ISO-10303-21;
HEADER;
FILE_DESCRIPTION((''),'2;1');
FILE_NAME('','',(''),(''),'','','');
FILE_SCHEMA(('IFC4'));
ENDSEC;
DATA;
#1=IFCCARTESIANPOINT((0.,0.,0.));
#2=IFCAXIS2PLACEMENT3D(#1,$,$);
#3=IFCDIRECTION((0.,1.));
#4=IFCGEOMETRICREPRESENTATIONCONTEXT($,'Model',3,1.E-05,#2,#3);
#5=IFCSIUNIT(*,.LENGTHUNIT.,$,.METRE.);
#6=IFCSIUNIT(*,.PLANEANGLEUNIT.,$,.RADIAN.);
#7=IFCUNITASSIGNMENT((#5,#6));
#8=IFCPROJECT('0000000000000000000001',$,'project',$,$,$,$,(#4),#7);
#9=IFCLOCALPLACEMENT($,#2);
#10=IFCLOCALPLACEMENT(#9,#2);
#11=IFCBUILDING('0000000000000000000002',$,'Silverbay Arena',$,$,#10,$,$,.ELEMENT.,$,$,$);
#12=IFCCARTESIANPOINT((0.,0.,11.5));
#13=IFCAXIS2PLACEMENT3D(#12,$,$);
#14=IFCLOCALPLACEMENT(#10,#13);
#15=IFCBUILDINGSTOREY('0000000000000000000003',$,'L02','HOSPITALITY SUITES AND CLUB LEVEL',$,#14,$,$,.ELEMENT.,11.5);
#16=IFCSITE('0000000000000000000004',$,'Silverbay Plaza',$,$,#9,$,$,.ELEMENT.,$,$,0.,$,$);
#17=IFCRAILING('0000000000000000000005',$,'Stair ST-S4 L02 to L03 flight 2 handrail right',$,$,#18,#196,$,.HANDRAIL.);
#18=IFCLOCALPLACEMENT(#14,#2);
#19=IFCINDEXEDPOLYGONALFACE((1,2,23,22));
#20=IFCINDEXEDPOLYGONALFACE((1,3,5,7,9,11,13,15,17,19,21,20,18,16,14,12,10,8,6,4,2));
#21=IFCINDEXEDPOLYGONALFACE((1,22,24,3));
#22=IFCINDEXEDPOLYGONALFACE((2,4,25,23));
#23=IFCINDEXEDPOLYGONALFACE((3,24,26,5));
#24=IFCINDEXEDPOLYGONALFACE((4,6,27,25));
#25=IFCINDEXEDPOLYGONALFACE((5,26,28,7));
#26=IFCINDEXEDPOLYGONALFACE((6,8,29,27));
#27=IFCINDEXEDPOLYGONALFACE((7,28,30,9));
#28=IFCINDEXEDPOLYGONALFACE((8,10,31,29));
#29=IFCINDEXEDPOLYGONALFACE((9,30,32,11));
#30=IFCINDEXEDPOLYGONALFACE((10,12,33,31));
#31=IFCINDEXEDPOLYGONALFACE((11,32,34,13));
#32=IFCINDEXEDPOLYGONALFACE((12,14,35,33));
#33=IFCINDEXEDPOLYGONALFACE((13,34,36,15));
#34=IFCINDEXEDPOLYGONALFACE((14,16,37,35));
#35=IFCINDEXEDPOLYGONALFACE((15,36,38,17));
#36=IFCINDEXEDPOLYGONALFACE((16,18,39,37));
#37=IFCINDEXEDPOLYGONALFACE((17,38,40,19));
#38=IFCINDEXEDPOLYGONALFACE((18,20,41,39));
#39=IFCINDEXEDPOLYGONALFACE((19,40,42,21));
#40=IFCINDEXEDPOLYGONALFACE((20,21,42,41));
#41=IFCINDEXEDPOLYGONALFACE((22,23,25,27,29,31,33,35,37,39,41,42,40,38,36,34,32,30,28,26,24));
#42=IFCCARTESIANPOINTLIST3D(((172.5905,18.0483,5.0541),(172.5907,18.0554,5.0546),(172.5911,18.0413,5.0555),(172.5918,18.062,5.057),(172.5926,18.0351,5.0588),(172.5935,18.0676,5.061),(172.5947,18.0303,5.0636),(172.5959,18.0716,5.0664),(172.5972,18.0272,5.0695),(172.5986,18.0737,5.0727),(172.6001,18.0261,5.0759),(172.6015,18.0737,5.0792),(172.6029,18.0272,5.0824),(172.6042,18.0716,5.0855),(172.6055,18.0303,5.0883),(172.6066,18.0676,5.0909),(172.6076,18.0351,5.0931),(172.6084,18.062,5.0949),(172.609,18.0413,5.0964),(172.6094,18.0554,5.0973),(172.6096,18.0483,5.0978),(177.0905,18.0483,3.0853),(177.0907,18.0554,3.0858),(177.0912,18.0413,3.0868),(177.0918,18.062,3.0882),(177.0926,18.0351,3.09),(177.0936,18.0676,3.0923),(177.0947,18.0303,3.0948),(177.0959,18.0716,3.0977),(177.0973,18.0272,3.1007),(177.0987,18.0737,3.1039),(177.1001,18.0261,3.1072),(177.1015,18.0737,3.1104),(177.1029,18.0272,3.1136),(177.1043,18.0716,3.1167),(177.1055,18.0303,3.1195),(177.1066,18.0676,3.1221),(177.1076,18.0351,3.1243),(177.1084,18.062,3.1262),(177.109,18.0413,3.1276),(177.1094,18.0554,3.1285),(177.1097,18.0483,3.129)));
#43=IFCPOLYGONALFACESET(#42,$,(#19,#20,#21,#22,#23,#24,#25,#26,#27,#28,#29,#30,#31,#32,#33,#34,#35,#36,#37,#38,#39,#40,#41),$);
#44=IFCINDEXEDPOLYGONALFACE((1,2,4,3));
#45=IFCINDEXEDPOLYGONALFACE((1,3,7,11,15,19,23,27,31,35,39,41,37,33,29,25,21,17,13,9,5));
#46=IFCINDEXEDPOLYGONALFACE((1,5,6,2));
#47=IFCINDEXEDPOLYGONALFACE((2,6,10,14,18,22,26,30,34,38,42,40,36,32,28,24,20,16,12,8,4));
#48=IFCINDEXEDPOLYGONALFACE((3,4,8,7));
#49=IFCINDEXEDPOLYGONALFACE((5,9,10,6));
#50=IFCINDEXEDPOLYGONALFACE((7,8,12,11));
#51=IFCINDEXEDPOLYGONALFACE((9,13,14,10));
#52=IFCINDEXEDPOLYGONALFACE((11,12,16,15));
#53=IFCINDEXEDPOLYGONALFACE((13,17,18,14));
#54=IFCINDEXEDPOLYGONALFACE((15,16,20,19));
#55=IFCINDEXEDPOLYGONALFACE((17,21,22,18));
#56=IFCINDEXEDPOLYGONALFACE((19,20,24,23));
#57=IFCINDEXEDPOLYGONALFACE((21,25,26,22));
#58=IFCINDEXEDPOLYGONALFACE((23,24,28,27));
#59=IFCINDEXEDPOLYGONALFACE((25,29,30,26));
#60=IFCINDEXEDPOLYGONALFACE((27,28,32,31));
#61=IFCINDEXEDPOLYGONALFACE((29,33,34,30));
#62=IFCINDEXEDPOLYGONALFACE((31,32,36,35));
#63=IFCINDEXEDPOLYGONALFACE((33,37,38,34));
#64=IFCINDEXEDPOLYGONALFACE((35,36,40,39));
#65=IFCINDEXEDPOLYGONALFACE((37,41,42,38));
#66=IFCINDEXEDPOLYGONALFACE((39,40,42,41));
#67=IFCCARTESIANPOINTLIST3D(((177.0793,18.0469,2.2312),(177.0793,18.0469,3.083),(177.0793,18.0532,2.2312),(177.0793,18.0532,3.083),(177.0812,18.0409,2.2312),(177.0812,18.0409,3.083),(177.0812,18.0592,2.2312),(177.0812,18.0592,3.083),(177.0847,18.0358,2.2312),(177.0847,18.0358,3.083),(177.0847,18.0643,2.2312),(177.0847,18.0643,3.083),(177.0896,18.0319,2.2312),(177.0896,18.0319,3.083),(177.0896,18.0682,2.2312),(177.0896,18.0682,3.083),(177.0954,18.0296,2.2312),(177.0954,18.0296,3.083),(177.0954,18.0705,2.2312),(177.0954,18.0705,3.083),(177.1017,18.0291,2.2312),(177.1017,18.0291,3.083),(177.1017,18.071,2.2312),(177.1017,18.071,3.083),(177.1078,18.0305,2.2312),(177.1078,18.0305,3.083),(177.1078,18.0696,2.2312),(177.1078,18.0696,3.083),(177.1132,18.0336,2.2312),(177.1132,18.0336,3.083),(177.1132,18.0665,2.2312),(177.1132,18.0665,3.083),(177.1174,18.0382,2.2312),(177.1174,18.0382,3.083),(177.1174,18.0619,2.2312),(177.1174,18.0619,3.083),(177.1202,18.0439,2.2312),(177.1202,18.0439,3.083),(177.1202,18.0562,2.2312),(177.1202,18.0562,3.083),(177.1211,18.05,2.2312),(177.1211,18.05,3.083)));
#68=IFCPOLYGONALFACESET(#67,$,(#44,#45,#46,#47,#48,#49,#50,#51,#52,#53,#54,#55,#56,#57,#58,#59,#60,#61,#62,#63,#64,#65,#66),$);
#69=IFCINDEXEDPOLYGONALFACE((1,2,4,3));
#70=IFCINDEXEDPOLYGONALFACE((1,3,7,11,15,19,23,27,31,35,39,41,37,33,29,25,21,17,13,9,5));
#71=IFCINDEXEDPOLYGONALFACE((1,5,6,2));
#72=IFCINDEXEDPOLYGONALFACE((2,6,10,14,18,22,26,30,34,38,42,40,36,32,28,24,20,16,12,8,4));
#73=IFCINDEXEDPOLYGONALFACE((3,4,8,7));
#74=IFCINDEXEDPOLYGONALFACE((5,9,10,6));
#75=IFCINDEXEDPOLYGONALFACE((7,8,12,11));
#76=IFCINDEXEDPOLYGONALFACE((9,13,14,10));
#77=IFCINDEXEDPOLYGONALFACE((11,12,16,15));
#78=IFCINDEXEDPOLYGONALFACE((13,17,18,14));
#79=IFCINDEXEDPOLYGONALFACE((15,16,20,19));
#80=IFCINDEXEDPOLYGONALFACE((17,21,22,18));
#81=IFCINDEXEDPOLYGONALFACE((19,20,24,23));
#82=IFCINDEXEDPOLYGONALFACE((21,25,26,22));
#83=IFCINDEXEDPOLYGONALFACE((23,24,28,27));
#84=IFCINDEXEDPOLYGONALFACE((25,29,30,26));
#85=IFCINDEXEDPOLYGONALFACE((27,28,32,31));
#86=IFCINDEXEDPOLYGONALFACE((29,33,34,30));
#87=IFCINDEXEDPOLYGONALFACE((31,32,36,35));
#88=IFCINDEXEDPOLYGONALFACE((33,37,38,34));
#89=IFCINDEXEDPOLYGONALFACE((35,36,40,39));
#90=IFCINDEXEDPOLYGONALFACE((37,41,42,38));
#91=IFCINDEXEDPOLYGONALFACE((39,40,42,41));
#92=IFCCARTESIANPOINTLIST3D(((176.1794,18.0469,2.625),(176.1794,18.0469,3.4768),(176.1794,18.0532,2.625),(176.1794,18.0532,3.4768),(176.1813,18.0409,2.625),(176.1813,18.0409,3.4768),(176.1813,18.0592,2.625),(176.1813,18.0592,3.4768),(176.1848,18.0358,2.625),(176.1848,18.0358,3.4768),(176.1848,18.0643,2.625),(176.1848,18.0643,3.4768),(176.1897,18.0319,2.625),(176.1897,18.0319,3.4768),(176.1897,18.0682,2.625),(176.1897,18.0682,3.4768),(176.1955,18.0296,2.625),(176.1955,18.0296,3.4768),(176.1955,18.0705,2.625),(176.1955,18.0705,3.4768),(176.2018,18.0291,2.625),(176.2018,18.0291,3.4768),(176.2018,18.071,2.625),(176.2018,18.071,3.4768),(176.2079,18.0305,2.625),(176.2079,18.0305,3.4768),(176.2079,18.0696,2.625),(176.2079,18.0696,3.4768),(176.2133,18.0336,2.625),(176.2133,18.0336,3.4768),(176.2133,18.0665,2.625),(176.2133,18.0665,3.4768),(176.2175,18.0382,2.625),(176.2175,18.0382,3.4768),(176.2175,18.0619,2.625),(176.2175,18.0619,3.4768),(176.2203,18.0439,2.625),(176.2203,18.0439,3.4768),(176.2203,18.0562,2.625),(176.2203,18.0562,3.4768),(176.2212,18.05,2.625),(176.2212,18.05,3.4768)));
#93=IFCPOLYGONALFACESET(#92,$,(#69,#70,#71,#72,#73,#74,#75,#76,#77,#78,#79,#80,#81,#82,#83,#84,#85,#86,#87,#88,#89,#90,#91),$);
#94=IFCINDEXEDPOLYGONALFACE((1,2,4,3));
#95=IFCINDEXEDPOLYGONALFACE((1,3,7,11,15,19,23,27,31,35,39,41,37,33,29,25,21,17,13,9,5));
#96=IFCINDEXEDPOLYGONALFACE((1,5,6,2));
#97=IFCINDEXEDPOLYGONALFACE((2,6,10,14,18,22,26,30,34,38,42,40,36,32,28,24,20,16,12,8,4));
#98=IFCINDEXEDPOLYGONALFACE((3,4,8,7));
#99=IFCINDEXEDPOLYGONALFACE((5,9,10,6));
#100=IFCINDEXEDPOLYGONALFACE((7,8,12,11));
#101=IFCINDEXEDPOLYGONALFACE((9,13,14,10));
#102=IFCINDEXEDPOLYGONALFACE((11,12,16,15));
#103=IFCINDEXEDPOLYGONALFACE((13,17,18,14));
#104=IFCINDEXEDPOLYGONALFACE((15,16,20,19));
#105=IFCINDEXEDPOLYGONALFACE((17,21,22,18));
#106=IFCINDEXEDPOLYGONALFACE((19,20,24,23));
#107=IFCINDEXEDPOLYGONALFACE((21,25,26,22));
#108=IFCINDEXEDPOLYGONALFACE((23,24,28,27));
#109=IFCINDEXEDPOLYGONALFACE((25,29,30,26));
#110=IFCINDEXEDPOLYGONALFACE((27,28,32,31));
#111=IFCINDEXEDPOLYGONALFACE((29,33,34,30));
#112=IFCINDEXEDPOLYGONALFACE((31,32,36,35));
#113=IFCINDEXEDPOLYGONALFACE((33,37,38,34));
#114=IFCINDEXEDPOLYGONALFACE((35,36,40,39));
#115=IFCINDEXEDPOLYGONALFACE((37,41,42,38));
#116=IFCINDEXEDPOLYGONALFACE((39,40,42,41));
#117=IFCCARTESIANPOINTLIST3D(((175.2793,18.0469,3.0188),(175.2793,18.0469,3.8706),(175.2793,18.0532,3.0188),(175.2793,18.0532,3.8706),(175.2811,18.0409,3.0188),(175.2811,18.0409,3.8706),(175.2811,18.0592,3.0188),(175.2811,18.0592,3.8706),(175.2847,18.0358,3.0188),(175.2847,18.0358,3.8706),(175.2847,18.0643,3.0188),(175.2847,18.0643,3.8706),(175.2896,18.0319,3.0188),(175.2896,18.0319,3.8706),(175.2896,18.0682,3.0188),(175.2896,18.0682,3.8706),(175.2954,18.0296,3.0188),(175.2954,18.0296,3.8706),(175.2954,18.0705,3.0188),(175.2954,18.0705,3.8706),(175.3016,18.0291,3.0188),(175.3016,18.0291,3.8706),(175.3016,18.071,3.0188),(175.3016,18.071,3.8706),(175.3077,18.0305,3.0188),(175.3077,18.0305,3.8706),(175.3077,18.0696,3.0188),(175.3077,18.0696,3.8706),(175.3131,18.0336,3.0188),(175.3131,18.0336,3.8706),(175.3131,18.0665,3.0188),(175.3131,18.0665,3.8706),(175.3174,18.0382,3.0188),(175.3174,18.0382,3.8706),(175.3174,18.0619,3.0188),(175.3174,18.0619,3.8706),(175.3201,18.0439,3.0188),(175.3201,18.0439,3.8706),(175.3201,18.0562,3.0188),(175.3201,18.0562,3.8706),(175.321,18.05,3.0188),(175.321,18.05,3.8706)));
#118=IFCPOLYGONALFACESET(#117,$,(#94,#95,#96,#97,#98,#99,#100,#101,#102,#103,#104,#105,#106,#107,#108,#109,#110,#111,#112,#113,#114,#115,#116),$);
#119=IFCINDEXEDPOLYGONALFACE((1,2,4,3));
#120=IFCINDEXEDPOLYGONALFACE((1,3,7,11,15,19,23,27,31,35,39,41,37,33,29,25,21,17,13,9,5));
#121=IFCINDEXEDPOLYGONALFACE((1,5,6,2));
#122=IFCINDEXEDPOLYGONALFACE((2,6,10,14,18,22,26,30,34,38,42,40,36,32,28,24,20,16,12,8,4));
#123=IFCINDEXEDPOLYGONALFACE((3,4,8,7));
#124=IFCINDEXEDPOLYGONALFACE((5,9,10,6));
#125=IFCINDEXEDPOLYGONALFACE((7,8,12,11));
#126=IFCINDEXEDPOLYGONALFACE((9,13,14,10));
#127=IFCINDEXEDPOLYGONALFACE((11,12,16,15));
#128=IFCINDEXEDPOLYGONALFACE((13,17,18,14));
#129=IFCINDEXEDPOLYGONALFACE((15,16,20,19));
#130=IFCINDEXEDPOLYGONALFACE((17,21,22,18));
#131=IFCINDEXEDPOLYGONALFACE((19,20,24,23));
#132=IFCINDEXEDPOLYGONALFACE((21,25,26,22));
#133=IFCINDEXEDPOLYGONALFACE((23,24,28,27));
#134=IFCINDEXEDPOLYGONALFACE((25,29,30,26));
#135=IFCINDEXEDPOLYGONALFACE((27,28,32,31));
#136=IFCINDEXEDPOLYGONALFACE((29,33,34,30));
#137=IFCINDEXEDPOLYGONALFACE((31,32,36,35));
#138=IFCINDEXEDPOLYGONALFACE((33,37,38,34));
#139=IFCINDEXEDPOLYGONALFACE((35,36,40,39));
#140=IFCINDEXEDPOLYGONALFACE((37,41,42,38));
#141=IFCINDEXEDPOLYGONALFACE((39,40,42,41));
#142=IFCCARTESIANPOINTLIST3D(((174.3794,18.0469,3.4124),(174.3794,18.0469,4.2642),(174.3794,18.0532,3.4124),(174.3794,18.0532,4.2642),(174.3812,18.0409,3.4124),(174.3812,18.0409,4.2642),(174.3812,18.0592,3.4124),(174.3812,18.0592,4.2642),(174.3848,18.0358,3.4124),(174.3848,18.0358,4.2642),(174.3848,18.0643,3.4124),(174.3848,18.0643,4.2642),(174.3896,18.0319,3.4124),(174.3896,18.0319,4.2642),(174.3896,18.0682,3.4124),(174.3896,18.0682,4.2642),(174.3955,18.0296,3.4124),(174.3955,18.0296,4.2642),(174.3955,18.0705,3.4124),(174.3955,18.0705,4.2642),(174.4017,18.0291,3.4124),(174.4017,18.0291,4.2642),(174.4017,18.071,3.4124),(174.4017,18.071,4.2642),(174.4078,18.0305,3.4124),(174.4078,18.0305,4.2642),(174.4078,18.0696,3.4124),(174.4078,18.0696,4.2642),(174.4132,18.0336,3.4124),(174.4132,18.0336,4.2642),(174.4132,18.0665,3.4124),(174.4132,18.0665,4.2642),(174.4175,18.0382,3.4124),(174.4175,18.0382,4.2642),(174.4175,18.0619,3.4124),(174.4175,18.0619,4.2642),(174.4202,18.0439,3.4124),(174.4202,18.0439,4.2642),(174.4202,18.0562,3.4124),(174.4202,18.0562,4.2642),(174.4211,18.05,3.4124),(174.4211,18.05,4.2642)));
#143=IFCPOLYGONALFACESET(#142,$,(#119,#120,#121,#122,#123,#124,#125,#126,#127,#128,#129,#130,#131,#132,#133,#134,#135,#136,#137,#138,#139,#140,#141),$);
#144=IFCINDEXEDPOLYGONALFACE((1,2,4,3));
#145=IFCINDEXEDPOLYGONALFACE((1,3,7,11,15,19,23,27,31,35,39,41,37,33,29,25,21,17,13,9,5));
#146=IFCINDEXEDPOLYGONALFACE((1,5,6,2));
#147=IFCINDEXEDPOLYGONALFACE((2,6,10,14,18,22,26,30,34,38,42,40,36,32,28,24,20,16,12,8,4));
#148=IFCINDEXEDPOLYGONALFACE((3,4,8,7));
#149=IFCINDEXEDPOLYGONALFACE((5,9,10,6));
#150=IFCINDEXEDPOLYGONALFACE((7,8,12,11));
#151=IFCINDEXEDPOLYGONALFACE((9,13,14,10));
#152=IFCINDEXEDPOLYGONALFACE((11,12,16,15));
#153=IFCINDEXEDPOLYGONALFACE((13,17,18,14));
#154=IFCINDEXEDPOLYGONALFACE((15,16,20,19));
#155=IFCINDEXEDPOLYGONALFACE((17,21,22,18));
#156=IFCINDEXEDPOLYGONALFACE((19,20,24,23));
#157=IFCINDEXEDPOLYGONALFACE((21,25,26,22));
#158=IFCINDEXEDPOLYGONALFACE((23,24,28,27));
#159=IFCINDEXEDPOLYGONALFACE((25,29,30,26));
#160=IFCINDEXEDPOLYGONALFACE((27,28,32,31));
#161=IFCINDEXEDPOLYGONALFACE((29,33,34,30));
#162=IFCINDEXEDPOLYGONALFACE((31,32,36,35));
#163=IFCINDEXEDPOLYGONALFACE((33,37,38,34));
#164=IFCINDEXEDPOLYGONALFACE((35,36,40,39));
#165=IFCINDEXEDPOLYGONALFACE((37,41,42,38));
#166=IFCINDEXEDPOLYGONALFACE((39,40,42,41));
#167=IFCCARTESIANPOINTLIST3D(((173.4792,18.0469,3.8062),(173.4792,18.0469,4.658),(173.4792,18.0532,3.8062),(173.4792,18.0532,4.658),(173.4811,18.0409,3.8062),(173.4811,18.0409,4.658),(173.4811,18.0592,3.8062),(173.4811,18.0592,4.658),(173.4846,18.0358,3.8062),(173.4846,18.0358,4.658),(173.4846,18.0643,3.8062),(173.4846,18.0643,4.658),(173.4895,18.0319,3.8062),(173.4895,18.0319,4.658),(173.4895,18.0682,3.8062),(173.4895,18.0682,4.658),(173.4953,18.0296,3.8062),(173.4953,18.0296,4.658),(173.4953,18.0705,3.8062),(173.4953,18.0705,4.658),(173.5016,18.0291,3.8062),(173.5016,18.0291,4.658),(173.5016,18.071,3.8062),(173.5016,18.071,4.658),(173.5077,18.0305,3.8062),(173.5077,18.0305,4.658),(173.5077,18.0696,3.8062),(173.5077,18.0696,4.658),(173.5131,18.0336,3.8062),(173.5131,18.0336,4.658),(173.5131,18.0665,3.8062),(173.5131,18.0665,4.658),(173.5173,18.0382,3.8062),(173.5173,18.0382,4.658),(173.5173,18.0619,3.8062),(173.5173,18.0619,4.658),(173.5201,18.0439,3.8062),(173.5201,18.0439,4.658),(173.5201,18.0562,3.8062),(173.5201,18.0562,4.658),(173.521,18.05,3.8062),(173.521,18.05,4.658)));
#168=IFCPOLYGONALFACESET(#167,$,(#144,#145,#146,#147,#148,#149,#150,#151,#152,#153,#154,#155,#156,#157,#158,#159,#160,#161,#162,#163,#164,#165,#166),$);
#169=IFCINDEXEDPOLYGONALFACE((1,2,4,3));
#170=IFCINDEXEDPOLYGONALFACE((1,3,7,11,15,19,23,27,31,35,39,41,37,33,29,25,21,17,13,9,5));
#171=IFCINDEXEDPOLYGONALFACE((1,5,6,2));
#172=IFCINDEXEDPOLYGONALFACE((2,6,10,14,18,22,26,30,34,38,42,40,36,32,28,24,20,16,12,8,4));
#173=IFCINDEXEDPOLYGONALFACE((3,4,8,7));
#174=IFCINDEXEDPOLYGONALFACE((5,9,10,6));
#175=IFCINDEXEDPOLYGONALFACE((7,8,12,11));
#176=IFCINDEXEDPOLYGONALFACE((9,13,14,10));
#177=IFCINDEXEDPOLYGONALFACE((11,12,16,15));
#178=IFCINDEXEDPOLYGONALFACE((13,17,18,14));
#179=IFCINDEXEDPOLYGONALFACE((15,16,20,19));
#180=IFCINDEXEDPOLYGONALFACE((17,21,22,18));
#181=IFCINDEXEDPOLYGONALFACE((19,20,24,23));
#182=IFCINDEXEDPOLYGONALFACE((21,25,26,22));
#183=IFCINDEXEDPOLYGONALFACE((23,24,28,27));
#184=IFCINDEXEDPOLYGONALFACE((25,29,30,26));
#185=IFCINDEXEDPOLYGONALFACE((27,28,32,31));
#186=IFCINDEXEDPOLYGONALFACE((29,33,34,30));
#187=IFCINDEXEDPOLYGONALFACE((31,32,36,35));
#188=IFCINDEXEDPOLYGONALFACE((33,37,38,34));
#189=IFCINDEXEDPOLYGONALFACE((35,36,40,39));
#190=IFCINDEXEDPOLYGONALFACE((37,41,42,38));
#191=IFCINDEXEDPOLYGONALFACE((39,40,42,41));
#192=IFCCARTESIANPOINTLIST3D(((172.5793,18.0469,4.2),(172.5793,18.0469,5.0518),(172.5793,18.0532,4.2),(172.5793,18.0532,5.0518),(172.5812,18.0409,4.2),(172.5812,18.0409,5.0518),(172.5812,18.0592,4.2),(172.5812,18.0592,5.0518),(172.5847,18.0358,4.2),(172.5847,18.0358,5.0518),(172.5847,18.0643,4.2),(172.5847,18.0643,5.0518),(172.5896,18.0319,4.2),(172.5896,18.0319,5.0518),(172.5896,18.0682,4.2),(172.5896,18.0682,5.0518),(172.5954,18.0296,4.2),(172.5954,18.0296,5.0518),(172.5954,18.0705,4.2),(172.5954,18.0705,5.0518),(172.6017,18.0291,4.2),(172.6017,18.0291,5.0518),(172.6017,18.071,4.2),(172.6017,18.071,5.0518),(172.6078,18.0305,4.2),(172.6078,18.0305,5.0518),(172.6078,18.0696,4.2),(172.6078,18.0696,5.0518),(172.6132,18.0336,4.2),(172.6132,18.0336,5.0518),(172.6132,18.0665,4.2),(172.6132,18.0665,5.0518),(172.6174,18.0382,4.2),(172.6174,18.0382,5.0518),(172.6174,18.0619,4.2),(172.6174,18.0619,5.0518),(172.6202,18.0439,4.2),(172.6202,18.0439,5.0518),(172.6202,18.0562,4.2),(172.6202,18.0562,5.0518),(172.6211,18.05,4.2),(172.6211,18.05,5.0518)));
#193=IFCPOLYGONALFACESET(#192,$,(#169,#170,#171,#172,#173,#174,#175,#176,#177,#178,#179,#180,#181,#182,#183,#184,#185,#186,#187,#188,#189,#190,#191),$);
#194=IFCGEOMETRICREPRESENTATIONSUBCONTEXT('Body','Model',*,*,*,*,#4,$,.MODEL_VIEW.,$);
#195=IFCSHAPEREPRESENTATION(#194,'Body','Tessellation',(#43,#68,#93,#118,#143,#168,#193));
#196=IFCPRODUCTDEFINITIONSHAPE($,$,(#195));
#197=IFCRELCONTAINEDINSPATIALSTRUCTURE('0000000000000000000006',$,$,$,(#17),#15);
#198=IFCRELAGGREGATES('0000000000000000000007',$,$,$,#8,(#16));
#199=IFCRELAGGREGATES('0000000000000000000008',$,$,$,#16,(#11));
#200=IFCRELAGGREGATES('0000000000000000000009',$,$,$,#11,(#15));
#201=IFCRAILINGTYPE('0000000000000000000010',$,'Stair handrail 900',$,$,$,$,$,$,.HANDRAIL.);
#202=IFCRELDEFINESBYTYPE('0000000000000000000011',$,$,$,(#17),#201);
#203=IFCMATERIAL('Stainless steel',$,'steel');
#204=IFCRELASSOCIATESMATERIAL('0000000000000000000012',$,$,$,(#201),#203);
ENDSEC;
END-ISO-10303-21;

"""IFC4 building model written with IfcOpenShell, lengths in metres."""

from ifc_helpers import new_model, si_unit, direction, frame, origin, origin_2d, place, context, subcontext, project, spatial, circle, extrude, material, type_object, element, save


model = new_model("IFC4")

# Units and contexts
model_context = context("Model", 3, precision=1e-05, world=origin(), true_north=direction((0.0, 1.0)))
body_context = subcontext(model_context, "Body", "Model", "MODEL_VIEW")
ifc_project = project(units=[si_unit("LENGTHUNIT", "METRE"), si_unit("PLANEANGLEUNIT", "RADIAN")], contexts=[model_context])

# Site, building, storey
site_placement = place(None, origin())
site = spatial("IfcSite", under=ifc_project, at=site_placement, Name="Silverbay Plaza", CompositionType="ELEMENT", RefElevation=0.0)
building_placement = place(site_placement, origin())
building = spatial("IfcBuilding", under=site, at=building_placement, Name="Silverbay Arena", CompositionType="ELEMENT")
storey_placement = place(building_placement, frame((0.0, 0.0, 11.5)))
storey = spatial("IfcBuildingStorey", under=building, at=storey_placement, Name="L02", Description="HOSPITALITY SUITES AND CLUB LEVEL", CompositionType="ELEMENT", Elevation=11.5)

# Railing
ifc_material_1 = material(Name="Stainless steel", Category="steel")
railing_type_1 = type_object("IfcRailingType", Name="Stair handrail 900", PredefinedType="HANDRAIL", material=ifc_material_1)
for number, where, name in (
    (1, (177.1001, 18.05, 2.2312), "Stair ST-S4 L02 to L03 flight 2 handrail right"),
):
    element("IfcRailing", number, at=place(storey_placement, frame(where)), inside=storey, type_object=railing_type_1, Name=name, PredefinedType="HANDRAIL", context=body_context, shape_type="SweptSolid", body=[
        extrude(circle(Radius=0.0239, at=origin_2d()), frame((0.0, 0.0, 0.876), z_axis=(-0.916157, 0.0, 0.400819), x_axis=(0.0, -1.0, 0.0)), (0.0, 0.0, 1.0), 4.9119),
        extrude(circle(Radius=0.021, at=origin_2d()), origin(), (0.0, 0.0, 1.0), 0.8518),
        extrude(circle(Radius=0.021, at=origin_2d()), frame((-0.8999, 0.0, 0.3938)), (0.0, 0.0, 1.0), 0.8518),
        extrude(circle(Radius=0.021, at=origin_2d()), frame((-1.8, 0.0, 0.7876)), (0.0, 0.0, 1.0), 0.8518),
        extrude(circle(Radius=0.021, at=origin_2d()), frame((-2.7, 0.0, 1.1812)), (0.0, 0.0, 1.0), 0.8518),
        extrude(circle(Radius=0.021, at=origin_2d()), frame((-3.6001, 0.0, 1.575)), (0.0, 0.0, 1.0), 0.8518),
        extrude(circle(Radius=0.021, at=origin_2d()), frame((-4.5, 0.0, 1.9688)), (0.0, 0.0, 1.0), 0.8518),
    ])

save(model, "model.ifc")
